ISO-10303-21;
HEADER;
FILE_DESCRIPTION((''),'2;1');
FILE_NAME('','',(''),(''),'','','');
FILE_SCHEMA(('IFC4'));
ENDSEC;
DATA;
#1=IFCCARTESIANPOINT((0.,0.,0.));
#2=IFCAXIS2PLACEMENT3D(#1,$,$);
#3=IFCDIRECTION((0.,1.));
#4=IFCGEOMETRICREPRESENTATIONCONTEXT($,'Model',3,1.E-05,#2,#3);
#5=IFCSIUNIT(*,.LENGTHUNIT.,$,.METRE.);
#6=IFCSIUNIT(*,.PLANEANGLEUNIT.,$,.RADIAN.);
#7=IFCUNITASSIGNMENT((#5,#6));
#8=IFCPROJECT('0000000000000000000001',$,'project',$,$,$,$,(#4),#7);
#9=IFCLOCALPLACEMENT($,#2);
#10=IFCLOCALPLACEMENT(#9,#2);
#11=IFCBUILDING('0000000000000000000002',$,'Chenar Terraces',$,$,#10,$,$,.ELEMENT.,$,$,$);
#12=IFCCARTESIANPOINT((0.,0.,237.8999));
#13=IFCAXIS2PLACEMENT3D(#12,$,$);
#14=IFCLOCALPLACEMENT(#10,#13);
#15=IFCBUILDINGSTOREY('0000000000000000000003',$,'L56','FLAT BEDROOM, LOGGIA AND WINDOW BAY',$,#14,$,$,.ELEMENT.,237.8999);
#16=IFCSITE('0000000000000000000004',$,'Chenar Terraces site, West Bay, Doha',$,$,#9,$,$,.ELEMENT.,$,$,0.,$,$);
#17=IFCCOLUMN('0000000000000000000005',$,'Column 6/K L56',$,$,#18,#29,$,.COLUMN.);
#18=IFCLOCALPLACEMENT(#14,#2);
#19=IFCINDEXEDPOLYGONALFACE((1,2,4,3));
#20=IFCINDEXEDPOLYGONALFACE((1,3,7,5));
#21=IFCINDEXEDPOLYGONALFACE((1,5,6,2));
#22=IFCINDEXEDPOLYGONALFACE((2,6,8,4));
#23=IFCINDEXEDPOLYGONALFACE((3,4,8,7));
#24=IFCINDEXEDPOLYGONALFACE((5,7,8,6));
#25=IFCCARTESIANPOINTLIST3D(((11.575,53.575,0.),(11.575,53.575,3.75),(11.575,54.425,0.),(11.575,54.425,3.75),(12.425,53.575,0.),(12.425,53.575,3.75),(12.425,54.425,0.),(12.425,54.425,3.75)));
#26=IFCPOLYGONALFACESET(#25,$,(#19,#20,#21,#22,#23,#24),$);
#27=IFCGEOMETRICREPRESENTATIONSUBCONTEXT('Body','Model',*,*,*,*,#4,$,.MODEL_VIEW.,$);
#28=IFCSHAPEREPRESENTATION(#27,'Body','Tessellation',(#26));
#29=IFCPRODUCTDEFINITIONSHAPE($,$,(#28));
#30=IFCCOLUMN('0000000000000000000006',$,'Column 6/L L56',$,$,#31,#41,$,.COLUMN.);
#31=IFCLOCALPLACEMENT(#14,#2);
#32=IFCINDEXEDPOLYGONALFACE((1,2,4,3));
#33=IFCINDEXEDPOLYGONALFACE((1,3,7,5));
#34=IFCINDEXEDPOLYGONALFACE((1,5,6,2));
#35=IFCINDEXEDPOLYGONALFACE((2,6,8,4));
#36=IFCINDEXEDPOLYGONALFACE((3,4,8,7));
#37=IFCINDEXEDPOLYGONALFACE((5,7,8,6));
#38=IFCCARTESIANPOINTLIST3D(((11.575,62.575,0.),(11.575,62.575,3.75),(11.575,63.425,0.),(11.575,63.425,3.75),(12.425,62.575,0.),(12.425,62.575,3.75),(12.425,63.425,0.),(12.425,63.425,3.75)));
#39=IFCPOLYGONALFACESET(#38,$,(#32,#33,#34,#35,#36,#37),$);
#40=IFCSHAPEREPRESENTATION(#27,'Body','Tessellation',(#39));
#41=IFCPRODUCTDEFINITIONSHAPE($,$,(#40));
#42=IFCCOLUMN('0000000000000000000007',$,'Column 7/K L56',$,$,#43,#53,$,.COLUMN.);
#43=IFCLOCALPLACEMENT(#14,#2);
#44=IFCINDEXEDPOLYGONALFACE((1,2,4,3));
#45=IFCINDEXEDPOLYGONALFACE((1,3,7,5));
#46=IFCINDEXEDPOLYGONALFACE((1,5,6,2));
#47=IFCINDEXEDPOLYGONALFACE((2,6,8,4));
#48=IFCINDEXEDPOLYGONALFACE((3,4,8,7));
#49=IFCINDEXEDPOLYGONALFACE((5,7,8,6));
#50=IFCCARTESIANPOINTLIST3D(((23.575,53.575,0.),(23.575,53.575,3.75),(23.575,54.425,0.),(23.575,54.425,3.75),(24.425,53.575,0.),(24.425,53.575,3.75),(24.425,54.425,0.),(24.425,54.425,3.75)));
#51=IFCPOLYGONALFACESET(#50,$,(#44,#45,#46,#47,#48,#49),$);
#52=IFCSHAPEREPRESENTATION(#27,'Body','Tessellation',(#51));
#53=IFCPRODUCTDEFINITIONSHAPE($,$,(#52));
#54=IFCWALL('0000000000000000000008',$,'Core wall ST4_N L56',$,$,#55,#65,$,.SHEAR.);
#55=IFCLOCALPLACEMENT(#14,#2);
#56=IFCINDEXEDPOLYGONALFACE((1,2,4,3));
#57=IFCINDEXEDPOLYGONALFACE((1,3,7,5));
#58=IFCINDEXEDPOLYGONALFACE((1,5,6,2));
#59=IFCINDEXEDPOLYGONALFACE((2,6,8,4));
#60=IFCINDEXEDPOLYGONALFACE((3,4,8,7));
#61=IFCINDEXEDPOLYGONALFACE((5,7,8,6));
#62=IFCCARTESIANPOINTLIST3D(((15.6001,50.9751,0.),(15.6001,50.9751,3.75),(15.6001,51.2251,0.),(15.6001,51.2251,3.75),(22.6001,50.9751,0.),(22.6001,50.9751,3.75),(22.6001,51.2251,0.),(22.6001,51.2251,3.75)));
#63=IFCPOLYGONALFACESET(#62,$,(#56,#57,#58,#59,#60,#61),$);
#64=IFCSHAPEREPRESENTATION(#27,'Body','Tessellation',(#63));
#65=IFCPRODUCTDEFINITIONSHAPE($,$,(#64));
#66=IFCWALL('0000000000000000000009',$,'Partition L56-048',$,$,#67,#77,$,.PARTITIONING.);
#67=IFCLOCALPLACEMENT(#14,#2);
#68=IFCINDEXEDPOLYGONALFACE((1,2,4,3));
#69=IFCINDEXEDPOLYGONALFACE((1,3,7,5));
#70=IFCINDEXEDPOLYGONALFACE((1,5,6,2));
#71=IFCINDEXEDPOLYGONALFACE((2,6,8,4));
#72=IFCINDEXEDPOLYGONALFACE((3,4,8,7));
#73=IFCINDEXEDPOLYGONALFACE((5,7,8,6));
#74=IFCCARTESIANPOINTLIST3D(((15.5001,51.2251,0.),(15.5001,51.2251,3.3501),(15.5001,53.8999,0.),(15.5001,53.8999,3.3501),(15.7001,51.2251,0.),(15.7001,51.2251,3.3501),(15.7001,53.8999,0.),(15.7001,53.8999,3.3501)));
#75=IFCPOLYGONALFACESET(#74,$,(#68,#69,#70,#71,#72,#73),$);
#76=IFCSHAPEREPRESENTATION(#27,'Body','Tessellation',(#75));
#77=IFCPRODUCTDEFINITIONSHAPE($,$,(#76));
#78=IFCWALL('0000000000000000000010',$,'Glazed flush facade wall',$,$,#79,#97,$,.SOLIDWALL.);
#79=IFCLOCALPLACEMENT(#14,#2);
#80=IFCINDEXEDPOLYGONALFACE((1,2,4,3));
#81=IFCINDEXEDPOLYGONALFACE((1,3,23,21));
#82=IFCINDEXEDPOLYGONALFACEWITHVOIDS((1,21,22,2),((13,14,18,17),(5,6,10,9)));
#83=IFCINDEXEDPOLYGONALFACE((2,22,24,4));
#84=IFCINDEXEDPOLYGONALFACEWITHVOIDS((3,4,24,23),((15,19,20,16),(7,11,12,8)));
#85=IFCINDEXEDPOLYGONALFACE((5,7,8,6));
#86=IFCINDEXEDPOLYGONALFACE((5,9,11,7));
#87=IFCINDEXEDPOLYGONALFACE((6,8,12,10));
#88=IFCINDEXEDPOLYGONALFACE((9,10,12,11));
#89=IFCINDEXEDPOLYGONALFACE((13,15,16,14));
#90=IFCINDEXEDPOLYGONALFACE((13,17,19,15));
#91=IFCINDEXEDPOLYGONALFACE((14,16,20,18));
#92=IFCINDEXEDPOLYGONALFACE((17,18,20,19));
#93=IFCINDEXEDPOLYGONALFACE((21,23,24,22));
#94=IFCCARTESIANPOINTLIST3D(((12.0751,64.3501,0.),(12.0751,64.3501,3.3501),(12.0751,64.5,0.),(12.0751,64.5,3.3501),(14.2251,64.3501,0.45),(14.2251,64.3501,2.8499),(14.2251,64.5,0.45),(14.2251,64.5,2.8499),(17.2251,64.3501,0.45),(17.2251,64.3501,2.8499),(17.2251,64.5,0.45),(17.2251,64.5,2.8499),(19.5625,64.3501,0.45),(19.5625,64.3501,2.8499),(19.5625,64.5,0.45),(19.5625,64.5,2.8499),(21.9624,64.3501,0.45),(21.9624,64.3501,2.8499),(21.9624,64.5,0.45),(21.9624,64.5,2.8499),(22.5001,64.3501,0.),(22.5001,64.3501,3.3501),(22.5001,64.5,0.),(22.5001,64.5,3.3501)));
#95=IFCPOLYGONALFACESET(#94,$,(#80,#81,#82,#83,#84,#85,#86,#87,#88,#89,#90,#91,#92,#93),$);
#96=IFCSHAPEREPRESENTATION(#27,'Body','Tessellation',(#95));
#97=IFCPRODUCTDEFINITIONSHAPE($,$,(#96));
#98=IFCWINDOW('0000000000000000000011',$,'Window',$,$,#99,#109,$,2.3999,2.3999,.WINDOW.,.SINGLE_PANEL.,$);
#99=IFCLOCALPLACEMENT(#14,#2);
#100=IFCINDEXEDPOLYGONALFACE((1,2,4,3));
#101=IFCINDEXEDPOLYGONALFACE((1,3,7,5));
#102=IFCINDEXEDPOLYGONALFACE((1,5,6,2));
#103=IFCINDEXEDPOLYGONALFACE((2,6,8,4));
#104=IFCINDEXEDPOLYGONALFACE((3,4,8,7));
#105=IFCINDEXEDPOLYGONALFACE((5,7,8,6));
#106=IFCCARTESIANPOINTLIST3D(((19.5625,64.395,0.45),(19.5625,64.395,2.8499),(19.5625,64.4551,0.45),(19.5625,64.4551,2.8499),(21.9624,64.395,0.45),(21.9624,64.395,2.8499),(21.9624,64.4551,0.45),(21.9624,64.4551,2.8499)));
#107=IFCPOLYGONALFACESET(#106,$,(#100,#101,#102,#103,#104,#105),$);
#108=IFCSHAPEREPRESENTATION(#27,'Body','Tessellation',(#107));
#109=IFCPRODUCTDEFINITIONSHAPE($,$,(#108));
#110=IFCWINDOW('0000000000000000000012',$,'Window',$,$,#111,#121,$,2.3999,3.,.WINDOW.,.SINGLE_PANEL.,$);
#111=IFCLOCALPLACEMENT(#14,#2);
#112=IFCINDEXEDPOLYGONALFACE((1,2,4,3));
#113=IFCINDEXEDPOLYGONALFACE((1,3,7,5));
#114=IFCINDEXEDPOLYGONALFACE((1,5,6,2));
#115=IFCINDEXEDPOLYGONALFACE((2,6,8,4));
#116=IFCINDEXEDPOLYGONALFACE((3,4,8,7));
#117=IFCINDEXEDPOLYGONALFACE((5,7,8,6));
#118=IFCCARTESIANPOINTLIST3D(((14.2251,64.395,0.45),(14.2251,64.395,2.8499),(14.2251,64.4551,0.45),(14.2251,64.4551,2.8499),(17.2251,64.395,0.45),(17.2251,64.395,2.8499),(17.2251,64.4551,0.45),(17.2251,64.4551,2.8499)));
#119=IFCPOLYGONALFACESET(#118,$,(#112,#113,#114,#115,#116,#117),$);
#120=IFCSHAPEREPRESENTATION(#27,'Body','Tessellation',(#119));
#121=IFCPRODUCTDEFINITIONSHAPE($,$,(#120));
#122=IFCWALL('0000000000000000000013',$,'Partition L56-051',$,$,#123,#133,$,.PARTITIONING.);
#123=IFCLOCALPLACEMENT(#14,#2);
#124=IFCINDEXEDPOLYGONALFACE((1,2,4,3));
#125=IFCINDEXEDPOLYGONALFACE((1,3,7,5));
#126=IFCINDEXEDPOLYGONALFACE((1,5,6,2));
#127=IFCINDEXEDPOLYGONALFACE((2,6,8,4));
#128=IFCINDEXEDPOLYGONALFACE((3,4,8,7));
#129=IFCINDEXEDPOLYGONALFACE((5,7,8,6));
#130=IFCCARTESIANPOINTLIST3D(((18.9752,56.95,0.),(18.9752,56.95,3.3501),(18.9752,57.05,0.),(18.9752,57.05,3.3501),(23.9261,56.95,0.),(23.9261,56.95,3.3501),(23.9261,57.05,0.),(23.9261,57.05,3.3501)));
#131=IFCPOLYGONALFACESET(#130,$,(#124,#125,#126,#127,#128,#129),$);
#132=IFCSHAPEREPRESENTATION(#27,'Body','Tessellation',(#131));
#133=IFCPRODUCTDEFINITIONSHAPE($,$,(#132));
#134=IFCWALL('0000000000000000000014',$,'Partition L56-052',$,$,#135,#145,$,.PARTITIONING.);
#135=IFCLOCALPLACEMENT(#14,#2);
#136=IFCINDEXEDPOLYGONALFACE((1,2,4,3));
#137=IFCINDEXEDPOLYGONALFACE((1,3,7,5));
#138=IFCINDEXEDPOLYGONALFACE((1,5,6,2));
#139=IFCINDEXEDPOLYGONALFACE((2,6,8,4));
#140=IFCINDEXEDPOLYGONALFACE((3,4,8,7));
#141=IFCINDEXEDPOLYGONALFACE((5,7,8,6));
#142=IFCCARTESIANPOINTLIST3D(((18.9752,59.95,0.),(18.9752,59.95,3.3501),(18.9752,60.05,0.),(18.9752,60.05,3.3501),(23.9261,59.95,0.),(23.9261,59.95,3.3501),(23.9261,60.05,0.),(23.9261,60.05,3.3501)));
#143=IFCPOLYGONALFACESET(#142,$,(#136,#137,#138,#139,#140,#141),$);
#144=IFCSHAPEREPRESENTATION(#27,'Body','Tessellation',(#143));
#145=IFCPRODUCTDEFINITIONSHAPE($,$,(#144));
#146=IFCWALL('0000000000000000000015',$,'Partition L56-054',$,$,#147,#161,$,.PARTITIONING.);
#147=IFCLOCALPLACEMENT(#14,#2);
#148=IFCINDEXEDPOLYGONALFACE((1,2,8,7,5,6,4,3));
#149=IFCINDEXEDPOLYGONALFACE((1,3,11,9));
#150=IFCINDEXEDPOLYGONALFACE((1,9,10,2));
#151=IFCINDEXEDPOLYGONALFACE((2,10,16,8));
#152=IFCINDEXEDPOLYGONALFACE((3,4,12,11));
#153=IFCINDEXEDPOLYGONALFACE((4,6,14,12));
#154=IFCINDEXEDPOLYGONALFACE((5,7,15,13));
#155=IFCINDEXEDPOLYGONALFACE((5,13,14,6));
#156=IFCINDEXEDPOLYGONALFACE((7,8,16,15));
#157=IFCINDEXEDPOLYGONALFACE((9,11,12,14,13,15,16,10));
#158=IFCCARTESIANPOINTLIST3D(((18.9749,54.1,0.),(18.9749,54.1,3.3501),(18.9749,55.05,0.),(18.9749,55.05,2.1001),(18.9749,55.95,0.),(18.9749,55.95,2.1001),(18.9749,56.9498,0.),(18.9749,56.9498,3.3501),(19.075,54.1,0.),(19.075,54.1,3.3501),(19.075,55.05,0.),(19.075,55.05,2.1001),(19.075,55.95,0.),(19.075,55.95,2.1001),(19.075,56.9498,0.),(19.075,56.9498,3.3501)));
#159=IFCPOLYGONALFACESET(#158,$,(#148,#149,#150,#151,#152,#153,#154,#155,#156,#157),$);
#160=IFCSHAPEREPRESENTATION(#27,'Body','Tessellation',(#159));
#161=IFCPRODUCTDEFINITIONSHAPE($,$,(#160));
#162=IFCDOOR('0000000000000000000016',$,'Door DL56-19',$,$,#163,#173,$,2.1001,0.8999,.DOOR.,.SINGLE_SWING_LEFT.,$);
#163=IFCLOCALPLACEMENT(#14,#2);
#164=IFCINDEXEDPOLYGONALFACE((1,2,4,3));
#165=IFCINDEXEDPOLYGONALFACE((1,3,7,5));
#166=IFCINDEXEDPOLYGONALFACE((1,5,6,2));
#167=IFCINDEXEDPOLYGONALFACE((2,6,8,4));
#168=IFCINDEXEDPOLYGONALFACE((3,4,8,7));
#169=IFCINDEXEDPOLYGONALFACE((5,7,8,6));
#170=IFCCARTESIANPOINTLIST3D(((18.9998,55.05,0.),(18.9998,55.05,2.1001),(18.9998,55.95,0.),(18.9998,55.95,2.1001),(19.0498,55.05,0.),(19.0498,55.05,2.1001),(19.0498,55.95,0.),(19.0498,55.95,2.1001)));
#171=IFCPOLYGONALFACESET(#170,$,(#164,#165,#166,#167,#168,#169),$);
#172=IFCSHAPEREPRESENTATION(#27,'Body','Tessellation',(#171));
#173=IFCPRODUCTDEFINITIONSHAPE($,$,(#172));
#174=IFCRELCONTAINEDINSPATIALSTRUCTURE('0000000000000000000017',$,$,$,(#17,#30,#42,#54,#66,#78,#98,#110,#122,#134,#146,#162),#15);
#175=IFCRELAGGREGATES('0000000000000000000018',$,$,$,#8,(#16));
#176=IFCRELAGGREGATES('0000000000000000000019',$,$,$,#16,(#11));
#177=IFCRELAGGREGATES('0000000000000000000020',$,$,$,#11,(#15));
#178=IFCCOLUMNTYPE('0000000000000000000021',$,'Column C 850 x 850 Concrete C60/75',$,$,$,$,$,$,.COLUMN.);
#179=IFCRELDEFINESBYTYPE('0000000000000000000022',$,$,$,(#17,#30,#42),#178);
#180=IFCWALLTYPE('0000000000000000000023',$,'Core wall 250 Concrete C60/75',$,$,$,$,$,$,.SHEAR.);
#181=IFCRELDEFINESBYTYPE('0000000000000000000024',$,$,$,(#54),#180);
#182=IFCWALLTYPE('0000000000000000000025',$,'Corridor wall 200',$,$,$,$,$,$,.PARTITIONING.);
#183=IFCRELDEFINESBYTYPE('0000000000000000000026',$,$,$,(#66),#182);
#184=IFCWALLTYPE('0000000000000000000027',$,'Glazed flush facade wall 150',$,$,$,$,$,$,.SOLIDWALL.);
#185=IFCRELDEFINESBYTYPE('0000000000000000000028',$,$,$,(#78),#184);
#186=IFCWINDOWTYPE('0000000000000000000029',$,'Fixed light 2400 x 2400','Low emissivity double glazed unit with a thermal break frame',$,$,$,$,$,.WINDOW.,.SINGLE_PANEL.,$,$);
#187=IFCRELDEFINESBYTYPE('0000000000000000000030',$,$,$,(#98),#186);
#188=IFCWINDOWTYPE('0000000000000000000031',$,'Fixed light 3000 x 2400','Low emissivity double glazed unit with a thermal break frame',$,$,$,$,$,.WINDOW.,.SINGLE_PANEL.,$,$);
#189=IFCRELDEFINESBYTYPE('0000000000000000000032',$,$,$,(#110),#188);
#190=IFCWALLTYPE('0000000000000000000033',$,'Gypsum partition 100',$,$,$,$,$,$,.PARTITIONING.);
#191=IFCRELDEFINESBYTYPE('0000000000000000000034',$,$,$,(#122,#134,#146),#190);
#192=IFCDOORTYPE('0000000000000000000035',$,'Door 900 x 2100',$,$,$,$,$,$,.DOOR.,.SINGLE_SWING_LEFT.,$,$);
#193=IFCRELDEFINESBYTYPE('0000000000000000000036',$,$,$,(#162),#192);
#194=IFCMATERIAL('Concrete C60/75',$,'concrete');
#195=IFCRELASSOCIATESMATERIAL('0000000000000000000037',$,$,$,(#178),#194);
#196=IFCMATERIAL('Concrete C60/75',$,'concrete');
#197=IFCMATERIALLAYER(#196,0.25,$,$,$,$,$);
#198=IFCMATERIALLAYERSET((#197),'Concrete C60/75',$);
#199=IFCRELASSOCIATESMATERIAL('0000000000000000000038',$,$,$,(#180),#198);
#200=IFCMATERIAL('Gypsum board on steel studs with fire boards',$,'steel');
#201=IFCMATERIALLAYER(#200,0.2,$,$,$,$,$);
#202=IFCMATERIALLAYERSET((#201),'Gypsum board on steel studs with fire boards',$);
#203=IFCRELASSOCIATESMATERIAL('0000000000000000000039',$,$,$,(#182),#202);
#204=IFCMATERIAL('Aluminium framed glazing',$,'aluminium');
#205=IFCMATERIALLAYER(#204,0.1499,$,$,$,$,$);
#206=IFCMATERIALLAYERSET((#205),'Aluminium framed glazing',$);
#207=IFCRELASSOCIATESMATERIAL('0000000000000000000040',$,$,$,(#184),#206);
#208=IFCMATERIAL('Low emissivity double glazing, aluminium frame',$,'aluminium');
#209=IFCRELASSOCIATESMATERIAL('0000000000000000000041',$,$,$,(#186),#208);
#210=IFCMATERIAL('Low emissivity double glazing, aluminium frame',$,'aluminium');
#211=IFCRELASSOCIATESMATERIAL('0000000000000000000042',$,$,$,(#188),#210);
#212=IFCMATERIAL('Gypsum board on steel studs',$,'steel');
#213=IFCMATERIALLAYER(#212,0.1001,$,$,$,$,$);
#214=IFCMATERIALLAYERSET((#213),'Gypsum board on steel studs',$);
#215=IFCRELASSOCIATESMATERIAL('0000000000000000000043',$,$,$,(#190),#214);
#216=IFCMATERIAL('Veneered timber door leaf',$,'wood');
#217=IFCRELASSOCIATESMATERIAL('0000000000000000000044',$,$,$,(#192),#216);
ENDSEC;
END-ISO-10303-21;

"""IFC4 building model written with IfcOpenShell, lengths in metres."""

from ifc_helpers import new_model, si_unit, direction, frame, frame_2d, origin, origin_2d, place, context, subcontext, project, spatial, rectangle, extrude, material, layer, layer_set, material_profile, profile_set, type_object, element, fill, save


model = new_model("IFC4")

# Units and contexts
model_context = context("Model", 3, precision=1e-05, world=origin(), true_north=direction((0.0, 1.0)))
body_context = subcontext(model_context, "Body", "Model", "MODEL_VIEW")
ifc_project = project(units=[si_unit("LENGTHUNIT", "METRE"), si_unit("PLANEANGLEUNIT", "RADIAN")], contexts=[model_context])

# Site, building, storey
site_placement = place(None, origin())
site = spatial("IfcSite", under=ifc_project, at=site_placement, Name="Chenar Terraces site, West Bay, Doha", CompositionType="ELEMENT", RefElevation=0.0)
building_placement = place(site_placement, origin())
building = spatial("IfcBuilding", under=site, at=building_placement, Name="Chenar Terraces", CompositionType="ELEMENT")
storey_placement = place(building_placement, frame((0.0, 0.0, 237.8999)))
storey = spatial("IfcBuildingStorey", under=building, at=storey_placement, Name="L56", Description="FLAT BEDROOM, LOGGIA AND WINDOW BAY", CompositionType="ELEMENT", Elevation=237.8999)

# Columns
ifc_material_1 = material(Name="Concrete C60/75", Category="concrete")
ifc_material_profile = material_profile(ifc_material_1, rectangle(XDim=0.8501, YDim=0.8501, at=origin_2d()), Name="C 850 x 850")
ifc_profile_set = profile_set([ifc_material_profile], Name="Concrete C60/75")
column_type = type_object("IfcColumnType", Name="Column C 850 x 850 Concrete C60/75", PredefinedType="COLUMN", material=ifc_profile_set)
for number, where, z_axis, x_axis, name in (
    (1, (12.0, 54.0, 0.0), (0.0, 0.0, 1.0), (1.0, 0.0, 0.0), "Column 6/K L56"),
    (2, (12.0, 63.0, 0.0), (0.0, 0.0, 1.0), (1.0, 0.0, 0.0), "Column 6/L L56"),
    (3, (24.0, 54.0, 0.0), (0.0, 0.0, 1.0), (1.0, 0.0, 0.0), "Column 7/K L56"),
):
    element("IfcColumn", number, at=place(storey_placement, frame(where, z_axis=z_axis, x_axis=x_axis)), inside=storey, type_object=column_type, Name=name, PredefinedType="COLUMN", context=body_context, shape_type="SweptSolid", body=[
        extrude(rectangle(XDim=0.8501, YDim=0.8501, at=origin_2d()), origin(), (0.0, 0.0, 1.0), 3.75),
    ])

# Walls
ifc_material_2 = material(Name="Concrete C60/75", Category="concrete")
ifc_layer_1 = layer(ifc_material_2, 0.25)
ifc_layer_set_1 = layer_set([ifc_layer_1], Name="Concrete C60/75")
wall_type_1 = type_object("IfcWallType", Name="Core wall 250 Concrete C60/75", PredefinedType="SHEAR", material=ifc_layer_set_1)
wall_1_placement = place(storey_placement, frame((15.6001, 51.1001, 0.0), z_axis=(0.0, 0.0, 1.0), x_axis=(1.0, 0.0, 0.0)))
element("IfcWall", 4, at=wall_1_placement, inside=storey, type_object=wall_type_1, Name="Core wall ST4_N L56", PredefinedType="SHEAR", context=body_context, shape_type="SweptSolid", body=[
    extrude(rectangle(XDim=7.0, YDim=0.25, at=frame_2d((3.5, 0.0))), origin(), (0.0, 0.0, 1.0), 3.75),
])
ifc_material_3 = material(Name="Gypsum board on steel studs with fire boards", Category="steel")
ifc_layer_2 = layer(ifc_material_3, 0.2)
ifc_layer_set_2 = layer_set([ifc_layer_2], Name="Gypsum board on steel studs with fire boards")
wall_type_2 = type_object("IfcWallType", Name="Corridor wall 200", PredefinedType="PARTITIONING", material=ifc_layer_set_2)
wall_2_placement = place(storey_placement, frame((15.6001, 51.2251, 0.0), z_axis=(0.0, 0.0, 1.0), x_axis=(0.0, 1.0, 0.0)))
element("IfcWall", 5, at=wall_2_placement, inside=storey, type_object=wall_type_2, Name="Partition L56-048", PredefinedType="PARTITIONING", context=body_context, shape_type="SweptSolid", body=[
    extrude(rectangle(XDim=2.6748, YDim=0.2, at=frame_2d((1.3374, 0.0))), origin(), (0.0, 0.0, 1.0), 3.3501),
])

# Wall, openings, windows
ifc_material_4 = material(Name="Aluminium framed glazing", Category="aluminium")
ifc_layer_3 = layer(ifc_material_4, 0.1499)
ifc_layer_set_3 = layer_set([ifc_layer_3], Name="Aluminium framed glazing")
wall_type_3 = type_object("IfcWallType", Name="Glazed flush facade wall 150", PredefinedType="SOLIDWALL", material=ifc_layer_set_3)
wall_3_placement = place(storey_placement, frame((22.5, 64.425, 0.0), z_axis=(0.0, 0.0, 1.0), x_axis=(-1.0, 0.0, 0.0)))
wall_3 = element("IfcWall", 6, at=wall_3_placement, inside=storey, type_object=wall_type_3, Name="Glazed flush facade wall", PredefinedType="SOLIDWALL", context=body_context, shape_type="SweptSolid", body=[
    extrude(rectangle(XDim=10.425, YDim=0.1499, at=frame_2d((5.2124, 0.0))), origin(), (0.0, 0.0, 1.0), 3.3501),
])
opening_1_placement = place(wall_3_placement, frame((0.5376, 0.0, 0.45)))
opening_1 = element("IfcOpeningElement", 7, at=opening_1_placement, cuts=wall_3, PredefinedType="OPENING", context=body_context, shape_type="SweptSolid", body=[
    extrude(rectangle(XDim=2.3999, YDim=2.3999, at=frame_2d((1.2, 1.2))), frame((0.0, 0.085, 0.0), z_axis=(0.0, -1.0, 0.0), x_axis=(1.0, 0.0, 0.0)), (0.0, 0.0, 1.0), 0.1699),
])
opening_2_placement = place(wall_3_placement, frame((5.2749, 0.0, 0.45)))
opening_2 = element("IfcOpeningElement", 8, at=opening_2_placement, cuts=wall_3, PredefinedType="OPENING", context=body_context, shape_type="SweptSolid", body=[
    extrude(rectangle(XDim=3.0, YDim=2.3999, at=frame_2d((1.5, 1.2))), frame((0.0, 0.085, 0.0), z_axis=(0.0, -1.0, 0.0), x_axis=(1.0, 0.0, 0.0)), (0.0, 0.0, 1.0), 0.1699),
])
ifc_material_5 = material(Name="Low emissivity double glazing, aluminium frame", Category="aluminium")
window_type_1 = type_object("IfcWindowType", Name="Fixed light 2400 x 2400", Description="Low emissivity double glazed unit with a thermal break frame", PartitioningType="SINGLE_PANEL", PredefinedType="WINDOW", material=ifc_material_5)
window_1_placement = place(opening_1_placement, origin())
window_1 = element("IfcWindow", 9, at=window_1_placement, inside=storey, type_object=window_type_1, Name="Window", OverallHeight=2.3999, OverallWidth=2.3999, PartitioningType="SINGLE_PANEL", PredefinedType="WINDOW", context=body_context, shape_type="SweptSolid", body=[
    extrude(rectangle(XDim=2.3999, YDim=2.3999, at=frame_2d((1.2, 1.2))), frame((0.0, 0.03, 0.0), z_axis=(0.0, -1.0, 0.0), x_axis=(1.0, 0.0, 0.0)), (0.0, 0.0, 1.0), 0.0601),
])
fill(opening_1, window_1)
ifc_material_6 = material(Name="Low emissivity double glazing, aluminium frame", Category="aluminium")
window_type_2 = type_object("IfcWindowType", Name="Fixed light 3000 x 2400", Description="Low emissivity double glazed unit with a thermal break frame", PartitioningType="SINGLE_PANEL", PredefinedType="WINDOW", material=ifc_material_6)
window_2_placement = place(opening_2_placement, origin())
window_2 = element("IfcWindow", 10, at=window_2_placement, inside=storey, type_object=window_type_2, Name="Window", OverallHeight=2.3999, OverallWidth=3.0, PartitioningType="SINGLE_PANEL", PredefinedType="WINDOW", context=body_context, shape_type="SweptSolid", body=[
    extrude(rectangle(XDim=3.0, YDim=2.3999, at=frame_2d((1.5, 1.2))), frame((0.0, 0.03, 0.0), z_axis=(0.0, -1.0, 0.0), x_axis=(1.0, 0.0, 0.0)), (0.0, 0.0, 1.0), 0.0601),
])
fill(opening_2, window_2)

# Walls
ifc_material_7 = material(Name="Gypsum board on steel studs", Category="steel")
ifc_layer_4 = layer(ifc_material_7, 0.1001)
ifc_layer_set_4 = layer_set([ifc_layer_4], Name="Gypsum board on steel studs")
wall_type_4 = type_object("IfcWallType", Name="Gypsum partition 100", PredefinedType="PARTITIONING", material=ifc_layer_set_4)
for number, where, z_axis, x_axis, name in (
    (11, (18.9751, 57.0, 0.0), (0.0, 0.0, 1.0), (1.0, 0.0, 0.0), "Partition L56-051"),
    (12, (18.9751, 60.0, 0.0), (0.0, 0.0, 1.0), (1.0, 0.0, 0.0), "Partition L56-052"),
):
    element("IfcWall", number, at=place(storey_placement, frame(where, z_axis=z_axis, x_axis=x_axis)), inside=storey, type_object=wall_type_4, Name=name, PredefinedType="PARTITIONING", context=body_context, shape_type="SweptSolid", body=[
        extrude(rectangle(XDim=4.9509, YDim=0.1001, at=frame_2d((2.4756, 0.0))), origin(), (0.0, 0.0, 1.0), 3.3501),
    ])

# Wall, opening, door
wall_4_placement = place(storey_placement, frame((19.0249, 54.1001, 0.0), z_axis=(0.0, 0.0, 1.0), x_axis=(0.0, 1.0, 0.0)))
wall_4 = element("IfcWall", 13, at=wall_4_placement, inside=storey, type_object=wall_type_4, Name="Partition L56-054", PredefinedType="PARTITIONING", context=body_context, shape_type="SweptSolid", body=[
    extrude(rectangle(XDim=2.8499, YDim=0.1001, at=frame_2d((1.4248, 0.0))), origin(), (0.0, 0.0, 1.0), 3.3501),
])
opening_3_placement = place(wall_4_placement, frame((0.95, 0.0, 0.0)))
opening_3 = element("IfcOpeningElement", 14, at=opening_3_placement, cuts=wall_4, PredefinedType="OPENING", context=body_context, shape_type="SweptSolid", body=[
    extrude(rectangle(XDim=0.8999, YDim=2.1001, at=frame_2d((0.45, 1.05))), frame((0.0, 0.0601, 0.0), z_axis=(0.0, -1.0, 0.0), x_axis=(1.0, 0.0, 0.0)), (0.0, 0.0, 1.0), 0.1201),
])
ifc_material_8 = material(Name="Veneered timber door leaf", Category="wood")
door_type_1 = type_object("IfcDoorType", Name="Door 900 x 2100", OperationType="SINGLE_SWING_LEFT", PredefinedType="DOOR", material=ifc_material_8)
door_1_placement = place(opening_3_placement, frame((0.8999, 0.0, 0.0), z_axis=(0.0, 0.0, 1.0), x_axis=(-1.0, 0.0, 0.0)))
door_1 = element("IfcDoor", 15, at=door_1_placement, inside=storey, type_object=door_type_1, Name="Door DL56-19", OperationType="SINGLE_SWING_LEFT", OverallHeight=2.1001, OverallWidth=0.8999, PredefinedType="DOOR", context=body_context, shape_type="SweptSolid", body=[
    extrude(rectangle(XDim=0.8999, YDim=2.1001, at=frame_2d((0.45, 1.05))), frame((0.0, 0.0249, 0.0), z_axis=(0.0, -1.0, 0.0), x_axis=(1.0, 0.0, 0.0)), (0.0, 0.0, 1.0), 0.05),
])
fill(opening_3, door_1)

save(model, "model.ifc")
